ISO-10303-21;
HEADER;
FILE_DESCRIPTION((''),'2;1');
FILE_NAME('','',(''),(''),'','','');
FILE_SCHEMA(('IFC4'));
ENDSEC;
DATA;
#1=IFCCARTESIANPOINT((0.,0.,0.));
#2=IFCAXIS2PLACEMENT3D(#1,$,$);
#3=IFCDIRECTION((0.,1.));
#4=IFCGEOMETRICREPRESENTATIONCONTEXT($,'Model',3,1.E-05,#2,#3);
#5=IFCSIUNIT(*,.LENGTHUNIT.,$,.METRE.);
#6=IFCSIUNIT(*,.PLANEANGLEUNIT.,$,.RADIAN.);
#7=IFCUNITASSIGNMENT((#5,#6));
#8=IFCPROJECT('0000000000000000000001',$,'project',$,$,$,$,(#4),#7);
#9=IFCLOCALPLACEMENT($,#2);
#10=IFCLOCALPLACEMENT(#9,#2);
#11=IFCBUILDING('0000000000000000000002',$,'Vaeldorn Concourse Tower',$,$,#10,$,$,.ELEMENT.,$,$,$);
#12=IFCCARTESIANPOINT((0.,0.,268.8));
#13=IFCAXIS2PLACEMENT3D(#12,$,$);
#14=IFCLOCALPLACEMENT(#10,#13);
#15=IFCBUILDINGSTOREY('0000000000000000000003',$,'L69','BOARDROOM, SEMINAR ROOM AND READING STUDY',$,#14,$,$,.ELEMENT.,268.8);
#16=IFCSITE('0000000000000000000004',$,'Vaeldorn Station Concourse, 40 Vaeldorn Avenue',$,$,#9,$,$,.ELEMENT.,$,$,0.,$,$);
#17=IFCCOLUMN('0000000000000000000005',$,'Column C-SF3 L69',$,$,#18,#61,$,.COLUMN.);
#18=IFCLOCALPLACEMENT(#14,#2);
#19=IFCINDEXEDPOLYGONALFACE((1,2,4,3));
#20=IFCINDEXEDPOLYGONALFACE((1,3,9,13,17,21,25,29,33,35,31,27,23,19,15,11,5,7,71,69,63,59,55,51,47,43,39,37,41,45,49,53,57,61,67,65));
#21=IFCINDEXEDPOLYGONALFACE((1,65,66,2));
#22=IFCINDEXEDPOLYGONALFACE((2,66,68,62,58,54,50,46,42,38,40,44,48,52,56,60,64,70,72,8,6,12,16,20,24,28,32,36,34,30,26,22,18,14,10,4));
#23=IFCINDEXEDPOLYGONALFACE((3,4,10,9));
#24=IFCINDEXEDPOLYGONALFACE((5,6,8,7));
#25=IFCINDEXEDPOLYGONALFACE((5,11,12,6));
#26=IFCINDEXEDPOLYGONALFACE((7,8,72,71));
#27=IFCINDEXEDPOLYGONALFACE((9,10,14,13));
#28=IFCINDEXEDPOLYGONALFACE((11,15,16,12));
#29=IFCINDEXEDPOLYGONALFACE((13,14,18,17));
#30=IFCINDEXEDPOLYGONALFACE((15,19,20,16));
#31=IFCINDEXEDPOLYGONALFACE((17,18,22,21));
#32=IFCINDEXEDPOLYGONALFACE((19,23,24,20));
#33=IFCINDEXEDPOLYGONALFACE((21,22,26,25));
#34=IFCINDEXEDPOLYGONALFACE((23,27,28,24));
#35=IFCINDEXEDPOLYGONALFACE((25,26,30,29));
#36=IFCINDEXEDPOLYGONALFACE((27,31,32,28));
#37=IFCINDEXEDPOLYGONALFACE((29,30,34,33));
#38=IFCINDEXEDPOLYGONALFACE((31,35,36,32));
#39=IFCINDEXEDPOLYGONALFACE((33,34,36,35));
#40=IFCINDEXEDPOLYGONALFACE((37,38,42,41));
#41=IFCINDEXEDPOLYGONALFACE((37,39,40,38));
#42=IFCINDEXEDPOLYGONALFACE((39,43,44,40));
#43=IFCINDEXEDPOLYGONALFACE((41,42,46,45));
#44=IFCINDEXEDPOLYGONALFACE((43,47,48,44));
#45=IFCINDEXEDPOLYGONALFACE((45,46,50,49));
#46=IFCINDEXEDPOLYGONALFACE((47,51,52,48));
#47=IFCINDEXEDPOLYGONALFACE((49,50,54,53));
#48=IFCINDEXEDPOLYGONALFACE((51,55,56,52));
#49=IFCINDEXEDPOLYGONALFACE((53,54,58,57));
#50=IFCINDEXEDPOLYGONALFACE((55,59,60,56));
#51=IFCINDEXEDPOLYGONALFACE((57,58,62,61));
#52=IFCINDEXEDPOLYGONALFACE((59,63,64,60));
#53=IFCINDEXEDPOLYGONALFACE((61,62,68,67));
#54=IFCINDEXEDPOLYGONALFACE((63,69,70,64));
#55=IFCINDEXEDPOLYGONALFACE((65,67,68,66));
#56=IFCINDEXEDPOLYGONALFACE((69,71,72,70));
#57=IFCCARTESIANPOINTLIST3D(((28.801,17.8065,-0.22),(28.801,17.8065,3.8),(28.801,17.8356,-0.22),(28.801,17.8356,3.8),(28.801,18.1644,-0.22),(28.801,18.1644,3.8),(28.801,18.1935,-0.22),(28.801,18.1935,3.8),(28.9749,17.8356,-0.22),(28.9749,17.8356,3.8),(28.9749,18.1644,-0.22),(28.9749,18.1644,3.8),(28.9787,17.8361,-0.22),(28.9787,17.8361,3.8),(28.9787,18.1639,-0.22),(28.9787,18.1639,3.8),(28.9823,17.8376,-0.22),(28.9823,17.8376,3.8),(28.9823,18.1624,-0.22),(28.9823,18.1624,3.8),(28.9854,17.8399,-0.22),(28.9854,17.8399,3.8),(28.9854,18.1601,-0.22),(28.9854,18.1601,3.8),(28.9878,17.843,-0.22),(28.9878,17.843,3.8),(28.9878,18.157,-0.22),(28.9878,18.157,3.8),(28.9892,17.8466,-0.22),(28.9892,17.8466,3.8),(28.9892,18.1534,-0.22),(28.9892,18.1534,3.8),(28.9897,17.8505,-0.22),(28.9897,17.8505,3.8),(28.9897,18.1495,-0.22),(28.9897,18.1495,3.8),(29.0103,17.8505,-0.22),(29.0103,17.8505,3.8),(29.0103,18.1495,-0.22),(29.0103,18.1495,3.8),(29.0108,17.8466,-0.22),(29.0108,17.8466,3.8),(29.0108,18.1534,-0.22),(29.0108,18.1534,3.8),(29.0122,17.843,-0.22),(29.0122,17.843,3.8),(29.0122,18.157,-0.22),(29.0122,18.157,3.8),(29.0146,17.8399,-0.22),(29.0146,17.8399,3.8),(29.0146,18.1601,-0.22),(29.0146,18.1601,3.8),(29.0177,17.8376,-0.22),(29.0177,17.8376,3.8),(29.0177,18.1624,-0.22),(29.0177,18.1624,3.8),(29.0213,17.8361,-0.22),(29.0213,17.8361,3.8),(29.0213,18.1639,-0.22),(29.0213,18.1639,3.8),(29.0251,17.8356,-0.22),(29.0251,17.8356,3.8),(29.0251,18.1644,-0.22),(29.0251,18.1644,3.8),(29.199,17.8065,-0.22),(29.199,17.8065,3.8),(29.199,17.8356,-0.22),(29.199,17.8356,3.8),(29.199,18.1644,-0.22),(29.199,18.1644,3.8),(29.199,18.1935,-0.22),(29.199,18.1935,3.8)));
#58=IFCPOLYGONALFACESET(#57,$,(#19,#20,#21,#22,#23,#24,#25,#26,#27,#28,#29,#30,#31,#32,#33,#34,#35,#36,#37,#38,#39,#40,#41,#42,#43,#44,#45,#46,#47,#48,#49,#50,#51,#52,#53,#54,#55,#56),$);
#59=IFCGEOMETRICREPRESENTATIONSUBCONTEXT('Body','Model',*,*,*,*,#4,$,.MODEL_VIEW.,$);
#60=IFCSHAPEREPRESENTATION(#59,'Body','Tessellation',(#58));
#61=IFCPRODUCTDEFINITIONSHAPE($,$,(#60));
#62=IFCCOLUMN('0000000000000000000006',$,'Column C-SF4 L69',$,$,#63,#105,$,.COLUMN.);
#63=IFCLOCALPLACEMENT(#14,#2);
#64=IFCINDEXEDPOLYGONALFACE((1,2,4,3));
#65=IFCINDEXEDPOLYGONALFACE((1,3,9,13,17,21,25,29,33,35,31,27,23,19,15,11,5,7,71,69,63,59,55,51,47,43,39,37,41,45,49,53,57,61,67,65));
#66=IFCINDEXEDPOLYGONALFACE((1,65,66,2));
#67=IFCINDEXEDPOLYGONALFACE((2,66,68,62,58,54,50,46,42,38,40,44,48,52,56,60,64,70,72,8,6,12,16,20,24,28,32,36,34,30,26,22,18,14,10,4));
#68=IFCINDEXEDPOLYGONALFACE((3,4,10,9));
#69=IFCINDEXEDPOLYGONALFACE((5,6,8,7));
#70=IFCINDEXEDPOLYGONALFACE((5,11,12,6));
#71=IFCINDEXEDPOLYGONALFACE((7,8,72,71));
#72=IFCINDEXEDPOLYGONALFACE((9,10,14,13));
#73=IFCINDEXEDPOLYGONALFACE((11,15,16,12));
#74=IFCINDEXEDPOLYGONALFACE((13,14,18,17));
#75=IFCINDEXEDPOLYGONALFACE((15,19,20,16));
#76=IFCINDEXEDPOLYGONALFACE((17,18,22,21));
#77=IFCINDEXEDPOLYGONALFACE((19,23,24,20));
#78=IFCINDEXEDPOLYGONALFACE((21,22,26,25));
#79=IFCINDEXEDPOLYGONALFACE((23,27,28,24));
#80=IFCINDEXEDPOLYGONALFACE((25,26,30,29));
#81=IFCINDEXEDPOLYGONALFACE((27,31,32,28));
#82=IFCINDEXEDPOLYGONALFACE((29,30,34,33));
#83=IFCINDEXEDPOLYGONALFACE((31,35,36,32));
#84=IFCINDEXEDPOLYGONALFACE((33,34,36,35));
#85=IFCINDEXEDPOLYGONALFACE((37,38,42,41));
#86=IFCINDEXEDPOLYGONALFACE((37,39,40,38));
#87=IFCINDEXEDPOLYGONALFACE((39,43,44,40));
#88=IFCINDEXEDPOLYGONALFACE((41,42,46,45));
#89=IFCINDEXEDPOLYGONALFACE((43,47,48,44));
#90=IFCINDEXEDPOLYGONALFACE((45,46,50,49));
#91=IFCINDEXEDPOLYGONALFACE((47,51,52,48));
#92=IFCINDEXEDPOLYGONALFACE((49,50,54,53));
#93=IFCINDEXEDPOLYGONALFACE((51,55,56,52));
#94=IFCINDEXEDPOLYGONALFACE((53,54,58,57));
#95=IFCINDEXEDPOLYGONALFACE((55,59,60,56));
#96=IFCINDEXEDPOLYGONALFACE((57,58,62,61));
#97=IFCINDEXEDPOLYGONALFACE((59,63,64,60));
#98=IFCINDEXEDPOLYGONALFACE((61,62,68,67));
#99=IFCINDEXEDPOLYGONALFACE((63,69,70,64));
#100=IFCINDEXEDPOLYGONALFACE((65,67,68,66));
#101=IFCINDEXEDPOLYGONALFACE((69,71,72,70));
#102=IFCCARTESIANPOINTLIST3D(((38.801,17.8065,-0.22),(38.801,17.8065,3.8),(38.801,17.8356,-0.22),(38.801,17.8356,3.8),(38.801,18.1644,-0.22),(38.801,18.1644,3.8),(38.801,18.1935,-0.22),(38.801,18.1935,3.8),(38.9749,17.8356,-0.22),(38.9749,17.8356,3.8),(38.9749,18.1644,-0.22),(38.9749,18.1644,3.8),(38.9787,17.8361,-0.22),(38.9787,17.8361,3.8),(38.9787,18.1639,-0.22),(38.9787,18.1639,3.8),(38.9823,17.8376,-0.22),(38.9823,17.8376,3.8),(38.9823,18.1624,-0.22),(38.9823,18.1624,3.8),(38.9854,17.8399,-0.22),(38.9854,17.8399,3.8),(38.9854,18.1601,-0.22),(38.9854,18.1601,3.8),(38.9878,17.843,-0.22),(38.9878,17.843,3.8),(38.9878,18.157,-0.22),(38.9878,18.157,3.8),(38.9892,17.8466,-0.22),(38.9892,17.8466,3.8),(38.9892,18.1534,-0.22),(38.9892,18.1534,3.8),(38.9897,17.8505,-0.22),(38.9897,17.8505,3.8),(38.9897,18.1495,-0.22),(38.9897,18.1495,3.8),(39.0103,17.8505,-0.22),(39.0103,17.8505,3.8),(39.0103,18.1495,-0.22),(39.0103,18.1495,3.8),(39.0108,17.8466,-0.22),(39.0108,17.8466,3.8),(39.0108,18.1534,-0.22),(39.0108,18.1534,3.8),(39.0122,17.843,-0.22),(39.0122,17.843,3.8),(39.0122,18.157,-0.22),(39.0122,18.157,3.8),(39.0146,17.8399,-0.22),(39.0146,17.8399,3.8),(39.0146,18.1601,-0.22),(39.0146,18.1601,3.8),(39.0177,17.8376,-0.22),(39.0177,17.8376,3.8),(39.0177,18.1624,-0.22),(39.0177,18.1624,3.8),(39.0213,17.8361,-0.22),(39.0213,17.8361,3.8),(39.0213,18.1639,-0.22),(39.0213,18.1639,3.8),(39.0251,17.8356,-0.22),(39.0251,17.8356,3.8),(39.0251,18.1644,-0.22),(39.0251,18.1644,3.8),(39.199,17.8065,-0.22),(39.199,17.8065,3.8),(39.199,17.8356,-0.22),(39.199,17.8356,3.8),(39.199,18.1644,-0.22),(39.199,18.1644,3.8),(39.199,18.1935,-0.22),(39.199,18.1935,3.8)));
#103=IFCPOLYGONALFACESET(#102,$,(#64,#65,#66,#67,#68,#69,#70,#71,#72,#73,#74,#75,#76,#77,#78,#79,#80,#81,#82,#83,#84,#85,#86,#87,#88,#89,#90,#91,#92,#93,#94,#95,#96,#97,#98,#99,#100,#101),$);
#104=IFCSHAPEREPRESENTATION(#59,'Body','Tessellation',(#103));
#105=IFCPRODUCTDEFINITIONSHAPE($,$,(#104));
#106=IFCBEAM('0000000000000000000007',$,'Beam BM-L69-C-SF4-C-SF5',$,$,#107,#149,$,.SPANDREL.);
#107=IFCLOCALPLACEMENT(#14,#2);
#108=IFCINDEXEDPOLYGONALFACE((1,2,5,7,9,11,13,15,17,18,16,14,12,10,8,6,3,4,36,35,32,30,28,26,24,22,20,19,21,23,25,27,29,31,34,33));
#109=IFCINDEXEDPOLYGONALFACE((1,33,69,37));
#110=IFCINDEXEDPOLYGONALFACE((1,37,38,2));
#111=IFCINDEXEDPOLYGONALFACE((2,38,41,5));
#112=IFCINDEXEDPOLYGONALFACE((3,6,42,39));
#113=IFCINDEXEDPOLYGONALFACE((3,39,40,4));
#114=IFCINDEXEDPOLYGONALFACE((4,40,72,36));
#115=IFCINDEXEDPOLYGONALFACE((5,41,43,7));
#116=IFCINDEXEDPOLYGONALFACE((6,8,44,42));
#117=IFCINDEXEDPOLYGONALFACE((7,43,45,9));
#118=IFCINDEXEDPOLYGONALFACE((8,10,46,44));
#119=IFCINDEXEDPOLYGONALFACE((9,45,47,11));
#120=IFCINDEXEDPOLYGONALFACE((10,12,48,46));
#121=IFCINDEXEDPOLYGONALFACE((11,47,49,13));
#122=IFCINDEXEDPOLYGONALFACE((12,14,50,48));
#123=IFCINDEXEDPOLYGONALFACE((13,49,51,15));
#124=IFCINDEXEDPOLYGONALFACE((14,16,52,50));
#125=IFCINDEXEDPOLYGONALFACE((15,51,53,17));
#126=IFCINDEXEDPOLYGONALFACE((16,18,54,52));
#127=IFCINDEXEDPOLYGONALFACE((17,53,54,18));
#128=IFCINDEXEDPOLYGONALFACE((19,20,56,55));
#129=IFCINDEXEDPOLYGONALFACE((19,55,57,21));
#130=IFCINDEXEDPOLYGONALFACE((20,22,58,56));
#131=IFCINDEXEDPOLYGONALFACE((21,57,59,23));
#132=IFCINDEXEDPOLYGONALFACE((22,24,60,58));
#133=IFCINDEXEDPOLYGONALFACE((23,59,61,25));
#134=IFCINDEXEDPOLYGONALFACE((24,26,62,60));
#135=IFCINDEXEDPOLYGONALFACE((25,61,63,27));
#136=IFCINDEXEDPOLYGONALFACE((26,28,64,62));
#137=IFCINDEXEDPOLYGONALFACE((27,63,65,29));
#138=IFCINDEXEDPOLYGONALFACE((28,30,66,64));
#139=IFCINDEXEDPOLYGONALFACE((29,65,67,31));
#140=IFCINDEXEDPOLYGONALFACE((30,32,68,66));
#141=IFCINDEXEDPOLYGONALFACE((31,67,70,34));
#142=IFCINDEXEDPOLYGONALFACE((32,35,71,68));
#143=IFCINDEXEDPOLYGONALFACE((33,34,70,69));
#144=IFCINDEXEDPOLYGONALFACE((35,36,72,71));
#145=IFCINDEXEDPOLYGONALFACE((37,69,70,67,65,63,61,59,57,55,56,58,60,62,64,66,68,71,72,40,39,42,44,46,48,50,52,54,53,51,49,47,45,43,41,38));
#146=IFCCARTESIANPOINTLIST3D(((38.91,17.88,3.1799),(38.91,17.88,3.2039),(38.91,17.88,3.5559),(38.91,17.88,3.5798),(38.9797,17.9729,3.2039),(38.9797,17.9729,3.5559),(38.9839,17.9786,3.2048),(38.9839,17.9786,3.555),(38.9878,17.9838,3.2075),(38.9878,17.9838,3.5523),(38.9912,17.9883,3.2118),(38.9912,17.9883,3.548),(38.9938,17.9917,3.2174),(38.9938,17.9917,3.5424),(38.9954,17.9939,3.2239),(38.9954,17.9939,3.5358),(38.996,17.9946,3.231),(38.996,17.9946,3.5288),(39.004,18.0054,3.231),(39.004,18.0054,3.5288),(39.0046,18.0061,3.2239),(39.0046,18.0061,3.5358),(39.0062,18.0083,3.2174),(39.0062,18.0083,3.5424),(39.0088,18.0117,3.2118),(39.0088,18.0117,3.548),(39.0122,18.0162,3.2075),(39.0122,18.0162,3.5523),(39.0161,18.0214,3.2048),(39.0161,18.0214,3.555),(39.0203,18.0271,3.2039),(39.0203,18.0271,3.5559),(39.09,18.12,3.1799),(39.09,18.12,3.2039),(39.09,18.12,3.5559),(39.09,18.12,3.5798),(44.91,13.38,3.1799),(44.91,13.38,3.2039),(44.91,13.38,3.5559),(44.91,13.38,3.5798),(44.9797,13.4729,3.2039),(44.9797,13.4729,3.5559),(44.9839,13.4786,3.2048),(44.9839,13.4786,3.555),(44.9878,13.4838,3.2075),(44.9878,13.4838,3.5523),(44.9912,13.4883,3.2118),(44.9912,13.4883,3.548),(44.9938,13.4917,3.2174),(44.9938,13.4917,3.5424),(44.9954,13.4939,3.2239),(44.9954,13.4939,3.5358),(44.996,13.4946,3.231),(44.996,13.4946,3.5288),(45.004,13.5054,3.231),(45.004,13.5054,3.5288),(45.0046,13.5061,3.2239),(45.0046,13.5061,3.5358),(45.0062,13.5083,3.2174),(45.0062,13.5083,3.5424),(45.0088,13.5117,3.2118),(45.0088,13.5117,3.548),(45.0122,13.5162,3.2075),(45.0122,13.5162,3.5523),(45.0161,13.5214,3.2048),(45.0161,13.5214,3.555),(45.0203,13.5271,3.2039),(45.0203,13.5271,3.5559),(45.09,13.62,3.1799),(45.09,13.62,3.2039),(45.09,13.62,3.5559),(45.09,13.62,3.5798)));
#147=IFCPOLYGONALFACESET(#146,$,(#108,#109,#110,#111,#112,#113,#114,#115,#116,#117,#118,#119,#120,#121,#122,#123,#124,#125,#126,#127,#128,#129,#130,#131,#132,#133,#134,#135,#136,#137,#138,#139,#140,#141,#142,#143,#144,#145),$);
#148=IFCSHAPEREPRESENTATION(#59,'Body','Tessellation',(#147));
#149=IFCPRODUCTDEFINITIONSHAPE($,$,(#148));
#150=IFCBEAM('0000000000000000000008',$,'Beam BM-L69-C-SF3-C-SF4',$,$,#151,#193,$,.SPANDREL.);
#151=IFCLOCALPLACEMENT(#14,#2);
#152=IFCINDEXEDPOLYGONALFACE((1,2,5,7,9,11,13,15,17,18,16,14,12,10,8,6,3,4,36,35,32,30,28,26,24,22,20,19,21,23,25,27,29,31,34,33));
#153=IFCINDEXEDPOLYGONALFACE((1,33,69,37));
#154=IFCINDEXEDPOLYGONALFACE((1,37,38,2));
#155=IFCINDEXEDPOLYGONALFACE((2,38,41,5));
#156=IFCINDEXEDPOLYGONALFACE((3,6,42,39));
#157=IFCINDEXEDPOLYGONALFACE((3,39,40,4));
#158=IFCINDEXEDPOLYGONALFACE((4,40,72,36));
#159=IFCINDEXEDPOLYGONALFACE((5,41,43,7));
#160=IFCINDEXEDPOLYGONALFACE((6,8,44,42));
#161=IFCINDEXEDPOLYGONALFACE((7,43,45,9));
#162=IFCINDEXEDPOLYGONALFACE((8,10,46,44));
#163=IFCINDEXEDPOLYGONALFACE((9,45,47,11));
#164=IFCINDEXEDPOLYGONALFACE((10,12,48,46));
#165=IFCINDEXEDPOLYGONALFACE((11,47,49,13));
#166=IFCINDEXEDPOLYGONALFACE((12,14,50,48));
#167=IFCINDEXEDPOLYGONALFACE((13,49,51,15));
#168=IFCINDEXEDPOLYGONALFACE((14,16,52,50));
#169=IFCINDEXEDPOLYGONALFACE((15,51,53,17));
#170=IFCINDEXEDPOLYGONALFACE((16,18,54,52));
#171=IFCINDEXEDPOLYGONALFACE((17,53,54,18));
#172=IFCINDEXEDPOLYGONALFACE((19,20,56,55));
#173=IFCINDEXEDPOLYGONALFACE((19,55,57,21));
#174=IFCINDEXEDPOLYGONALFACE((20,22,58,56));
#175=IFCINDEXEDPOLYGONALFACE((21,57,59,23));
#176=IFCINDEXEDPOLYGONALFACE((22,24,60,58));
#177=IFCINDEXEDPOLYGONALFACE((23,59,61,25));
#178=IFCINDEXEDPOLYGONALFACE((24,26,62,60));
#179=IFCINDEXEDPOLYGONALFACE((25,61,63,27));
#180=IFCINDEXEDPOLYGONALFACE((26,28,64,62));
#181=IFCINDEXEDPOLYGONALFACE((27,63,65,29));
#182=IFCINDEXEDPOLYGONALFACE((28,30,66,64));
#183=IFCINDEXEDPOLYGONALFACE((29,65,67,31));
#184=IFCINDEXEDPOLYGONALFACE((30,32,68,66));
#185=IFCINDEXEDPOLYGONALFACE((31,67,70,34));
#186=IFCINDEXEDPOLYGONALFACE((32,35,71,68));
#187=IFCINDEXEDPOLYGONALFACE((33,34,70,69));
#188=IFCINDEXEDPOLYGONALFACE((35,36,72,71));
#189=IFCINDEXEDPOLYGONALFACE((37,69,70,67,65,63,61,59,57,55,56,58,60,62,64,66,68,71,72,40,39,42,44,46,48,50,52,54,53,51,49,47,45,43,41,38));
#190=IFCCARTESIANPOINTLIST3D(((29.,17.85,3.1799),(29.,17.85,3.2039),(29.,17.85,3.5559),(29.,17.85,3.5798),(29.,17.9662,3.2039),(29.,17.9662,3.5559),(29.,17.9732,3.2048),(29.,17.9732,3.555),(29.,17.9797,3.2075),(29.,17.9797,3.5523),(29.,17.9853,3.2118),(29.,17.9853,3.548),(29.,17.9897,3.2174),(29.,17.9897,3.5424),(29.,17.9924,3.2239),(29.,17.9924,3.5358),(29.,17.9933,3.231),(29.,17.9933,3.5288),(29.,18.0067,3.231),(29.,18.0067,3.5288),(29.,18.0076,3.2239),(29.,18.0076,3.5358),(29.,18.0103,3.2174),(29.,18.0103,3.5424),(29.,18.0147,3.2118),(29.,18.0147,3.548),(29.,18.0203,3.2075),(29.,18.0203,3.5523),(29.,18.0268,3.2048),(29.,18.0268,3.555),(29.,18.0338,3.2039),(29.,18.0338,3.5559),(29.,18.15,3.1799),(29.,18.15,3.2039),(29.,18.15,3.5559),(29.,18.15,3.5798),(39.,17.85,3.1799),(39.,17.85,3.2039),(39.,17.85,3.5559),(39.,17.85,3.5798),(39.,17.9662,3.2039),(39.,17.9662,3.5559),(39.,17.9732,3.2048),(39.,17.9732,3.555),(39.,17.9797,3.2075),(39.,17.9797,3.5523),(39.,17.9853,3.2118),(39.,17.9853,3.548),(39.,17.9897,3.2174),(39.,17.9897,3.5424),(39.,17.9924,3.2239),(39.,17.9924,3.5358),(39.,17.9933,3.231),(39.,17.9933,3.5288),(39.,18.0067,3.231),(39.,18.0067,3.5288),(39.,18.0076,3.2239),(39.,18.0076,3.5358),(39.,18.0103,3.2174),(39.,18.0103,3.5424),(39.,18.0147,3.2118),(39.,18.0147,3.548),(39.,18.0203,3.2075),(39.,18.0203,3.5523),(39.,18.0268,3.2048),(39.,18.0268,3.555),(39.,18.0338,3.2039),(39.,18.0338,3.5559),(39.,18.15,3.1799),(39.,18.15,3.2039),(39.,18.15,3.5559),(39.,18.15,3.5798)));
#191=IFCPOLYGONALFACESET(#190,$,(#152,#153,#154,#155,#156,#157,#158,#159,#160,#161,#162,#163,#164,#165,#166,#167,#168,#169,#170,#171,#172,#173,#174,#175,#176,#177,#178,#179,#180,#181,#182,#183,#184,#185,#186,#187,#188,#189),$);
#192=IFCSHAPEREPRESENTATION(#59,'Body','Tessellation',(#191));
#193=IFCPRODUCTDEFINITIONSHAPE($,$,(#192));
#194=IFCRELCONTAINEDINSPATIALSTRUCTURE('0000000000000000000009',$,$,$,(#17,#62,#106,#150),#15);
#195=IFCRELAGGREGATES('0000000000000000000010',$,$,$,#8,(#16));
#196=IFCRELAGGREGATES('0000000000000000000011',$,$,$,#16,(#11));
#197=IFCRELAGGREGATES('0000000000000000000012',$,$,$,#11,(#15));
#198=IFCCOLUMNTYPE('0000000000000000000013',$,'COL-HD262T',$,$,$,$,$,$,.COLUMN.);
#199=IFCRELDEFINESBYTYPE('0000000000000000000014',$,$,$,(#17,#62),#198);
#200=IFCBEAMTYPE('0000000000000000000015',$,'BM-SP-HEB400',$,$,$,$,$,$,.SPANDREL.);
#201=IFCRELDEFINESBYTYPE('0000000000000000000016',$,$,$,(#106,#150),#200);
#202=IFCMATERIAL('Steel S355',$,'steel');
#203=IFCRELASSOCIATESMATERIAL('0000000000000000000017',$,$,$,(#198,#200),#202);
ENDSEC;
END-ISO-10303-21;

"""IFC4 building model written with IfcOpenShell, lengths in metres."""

from ifc_helpers import new_model, si_unit, direction, frame, origin, origin_2d, place, context, subcontext, project, spatial, i_section, extrude, source, transform, mapped, material, material_profile, profile_set, type_object, element, save


model = new_model("IFC4")

# Units and contexts
model_context = context("Model", 3, precision=1e-05, world=origin(), true_north=direction((0.0, 1.0)))
body_context = subcontext(model_context, "Body", "Model", "MODEL_VIEW")
ifc_project = project(units=[si_unit("LENGTHUNIT", "METRE"), si_unit("PLANEANGLEUNIT", "RADIAN")], contexts=[model_context])

# Site, building, storey
site_placement = place(None, origin())
site = spatial("IfcSite", under=ifc_project, at=site_placement, Name="Vaeldorn Station Concourse, 40 Vaeldorn Avenue", CompositionType="ELEMENT", RefElevation=0.0)
building_placement = place(site_placement, origin())
building = spatial("IfcBuilding", under=site, at=building_placement, Name="Vaeldorn Concourse Tower", CompositionType="ELEMENT")
storey_placement = place(building_placement, frame((0.0, 0.0, 268.8)))
storey = spatial("IfcBuildingStorey", under=building, at=storey_placement, Name="L69", Description="BOARDROOM, SEMINAR ROOM AND READING STUDY", CompositionType="ELEMENT", Elevation=268.8)

# Columns
ifc_material = material(Name="Steel S355", Category="steel")
ifc_material_profile_1 = material_profile(ifc_material, i_section(OverallWidth=0.3979, OverallDepth=0.387, WebThickness=0.0205, FlangeThickness=0.0291, FilletRadius=0.0149, at=origin_2d()), Name="HD 400x262")
ifc_profile_set_1 = profile_set([ifc_material_profile_1], Name="Steel S355")
column_type_1 = type_object("IfcColumnType", Name="COL-HD262T", PredefinedType="COLUMN", material=ifc_profile_set_1)
shared_shape_1 = source(origin(), body_context, "Body", "SweptSolid", [
    extrude(i_section(OverallWidth=0.3979, OverallDepth=0.387, WebThickness=0.0205, FlangeThickness=0.0291, FilletRadius=0.0149, at=origin_2d()), origin(), (0.0, 0.0, 1.0), 4.02),
])
for number, where, z_axis, x_axis, name in (
    (1, (29.0, 18.0, -0.22), (0.0, 0.0, 1.0), (1.0, 0.0, 0.0), "Column C-SF3 L69"),
    (2, (39.0, 18.0, -0.22), (0.0, 0.0, 1.0), (1.0, 0.0, 0.0), "Column C-SF4 L69"),
):
    element("IfcColumn", number, at=place(storey_placement, frame(where, z_axis=z_axis, x_axis=x_axis)), inside=storey, type_object=column_type_1, Name=name, PredefinedType="COLUMN", context=body_context, shape_type="MappedRepresentation", body=[
        mapped(shared_shape_1, transform((0.0, 0.0, 0.0), scale=1.0)),
    ])

# Beams
ifc_material_profile_2 = material_profile(ifc_material, i_section(OverallWidth=0.3, OverallDepth=0.3999, WebThickness=0.0134, FlangeThickness=0.0239, FilletRadius=0.0271, at=origin_2d()), Name="HEB 400")
ifc_profile_set_2 = profile_set([ifc_material_profile_2], Name="Steel S355")
beam_type_1 = type_object("IfcBeamType", Name="BM-SP-HEB400", PredefinedType="SPANDREL", material=ifc_profile_set_2)
shared_shape_2 = source(origin(), body_context, "Body", "SweptSolid", [
    extrude(i_section(OverallWidth=0.3, OverallDepth=0.3999, WebThickness=0.0134, FlangeThickness=0.0239, FilletRadius=0.0271, at=origin_2d()), origin(), (0.0, 0.0, 1.0), 7.5),
])
beam_1_placement = place(storey_placement, frame((39.0, 18.0, 3.3799), z_axis=(0.8, -0.6, 0.0), x_axis=(0.6, 0.8, 0.0)))
element("IfcBeam", 3, at=beam_1_placement, inside=storey, type_object=beam_type_1, Name="Beam BM-L69-C-SF4-C-SF5", PredefinedType="SPANDREL", context=body_context, shape_type="MappedRepresentation", body=[
    mapped(shared_shape_2, transform((0.0, 0.0, 0.0), scale=1.0)),
])
shared_shape_3 = source(origin(), body_context, "Body", "SweptSolid", [
    extrude(i_section(OverallWidth=0.3, OverallDepth=0.3999, WebThickness=0.0134, FlangeThickness=0.0239, FilletRadius=0.0271, at=origin_2d()), origin(), (0.0, 0.0, 1.0), 10.0),
])
beam_2_placement = place(storey_placement, frame((29.0, 18.0, 3.3799), z_axis=(1.0, 0.0, 0.0), x_axis=(0.0, 1.0, 0.0)))
element("IfcBeam", 4, at=beam_2_placement, inside=storey, type_object=beam_type_1, Name="Beam BM-L69-C-SF3-C-SF4", PredefinedType="SPANDREL", context=body_context, shape_type="MappedRepresentation", body=[
    mapped(shared_shape_3, transform((0.0, 0.0, 0.0), scale=1.0)),
])

save(model, "model.ifc")
